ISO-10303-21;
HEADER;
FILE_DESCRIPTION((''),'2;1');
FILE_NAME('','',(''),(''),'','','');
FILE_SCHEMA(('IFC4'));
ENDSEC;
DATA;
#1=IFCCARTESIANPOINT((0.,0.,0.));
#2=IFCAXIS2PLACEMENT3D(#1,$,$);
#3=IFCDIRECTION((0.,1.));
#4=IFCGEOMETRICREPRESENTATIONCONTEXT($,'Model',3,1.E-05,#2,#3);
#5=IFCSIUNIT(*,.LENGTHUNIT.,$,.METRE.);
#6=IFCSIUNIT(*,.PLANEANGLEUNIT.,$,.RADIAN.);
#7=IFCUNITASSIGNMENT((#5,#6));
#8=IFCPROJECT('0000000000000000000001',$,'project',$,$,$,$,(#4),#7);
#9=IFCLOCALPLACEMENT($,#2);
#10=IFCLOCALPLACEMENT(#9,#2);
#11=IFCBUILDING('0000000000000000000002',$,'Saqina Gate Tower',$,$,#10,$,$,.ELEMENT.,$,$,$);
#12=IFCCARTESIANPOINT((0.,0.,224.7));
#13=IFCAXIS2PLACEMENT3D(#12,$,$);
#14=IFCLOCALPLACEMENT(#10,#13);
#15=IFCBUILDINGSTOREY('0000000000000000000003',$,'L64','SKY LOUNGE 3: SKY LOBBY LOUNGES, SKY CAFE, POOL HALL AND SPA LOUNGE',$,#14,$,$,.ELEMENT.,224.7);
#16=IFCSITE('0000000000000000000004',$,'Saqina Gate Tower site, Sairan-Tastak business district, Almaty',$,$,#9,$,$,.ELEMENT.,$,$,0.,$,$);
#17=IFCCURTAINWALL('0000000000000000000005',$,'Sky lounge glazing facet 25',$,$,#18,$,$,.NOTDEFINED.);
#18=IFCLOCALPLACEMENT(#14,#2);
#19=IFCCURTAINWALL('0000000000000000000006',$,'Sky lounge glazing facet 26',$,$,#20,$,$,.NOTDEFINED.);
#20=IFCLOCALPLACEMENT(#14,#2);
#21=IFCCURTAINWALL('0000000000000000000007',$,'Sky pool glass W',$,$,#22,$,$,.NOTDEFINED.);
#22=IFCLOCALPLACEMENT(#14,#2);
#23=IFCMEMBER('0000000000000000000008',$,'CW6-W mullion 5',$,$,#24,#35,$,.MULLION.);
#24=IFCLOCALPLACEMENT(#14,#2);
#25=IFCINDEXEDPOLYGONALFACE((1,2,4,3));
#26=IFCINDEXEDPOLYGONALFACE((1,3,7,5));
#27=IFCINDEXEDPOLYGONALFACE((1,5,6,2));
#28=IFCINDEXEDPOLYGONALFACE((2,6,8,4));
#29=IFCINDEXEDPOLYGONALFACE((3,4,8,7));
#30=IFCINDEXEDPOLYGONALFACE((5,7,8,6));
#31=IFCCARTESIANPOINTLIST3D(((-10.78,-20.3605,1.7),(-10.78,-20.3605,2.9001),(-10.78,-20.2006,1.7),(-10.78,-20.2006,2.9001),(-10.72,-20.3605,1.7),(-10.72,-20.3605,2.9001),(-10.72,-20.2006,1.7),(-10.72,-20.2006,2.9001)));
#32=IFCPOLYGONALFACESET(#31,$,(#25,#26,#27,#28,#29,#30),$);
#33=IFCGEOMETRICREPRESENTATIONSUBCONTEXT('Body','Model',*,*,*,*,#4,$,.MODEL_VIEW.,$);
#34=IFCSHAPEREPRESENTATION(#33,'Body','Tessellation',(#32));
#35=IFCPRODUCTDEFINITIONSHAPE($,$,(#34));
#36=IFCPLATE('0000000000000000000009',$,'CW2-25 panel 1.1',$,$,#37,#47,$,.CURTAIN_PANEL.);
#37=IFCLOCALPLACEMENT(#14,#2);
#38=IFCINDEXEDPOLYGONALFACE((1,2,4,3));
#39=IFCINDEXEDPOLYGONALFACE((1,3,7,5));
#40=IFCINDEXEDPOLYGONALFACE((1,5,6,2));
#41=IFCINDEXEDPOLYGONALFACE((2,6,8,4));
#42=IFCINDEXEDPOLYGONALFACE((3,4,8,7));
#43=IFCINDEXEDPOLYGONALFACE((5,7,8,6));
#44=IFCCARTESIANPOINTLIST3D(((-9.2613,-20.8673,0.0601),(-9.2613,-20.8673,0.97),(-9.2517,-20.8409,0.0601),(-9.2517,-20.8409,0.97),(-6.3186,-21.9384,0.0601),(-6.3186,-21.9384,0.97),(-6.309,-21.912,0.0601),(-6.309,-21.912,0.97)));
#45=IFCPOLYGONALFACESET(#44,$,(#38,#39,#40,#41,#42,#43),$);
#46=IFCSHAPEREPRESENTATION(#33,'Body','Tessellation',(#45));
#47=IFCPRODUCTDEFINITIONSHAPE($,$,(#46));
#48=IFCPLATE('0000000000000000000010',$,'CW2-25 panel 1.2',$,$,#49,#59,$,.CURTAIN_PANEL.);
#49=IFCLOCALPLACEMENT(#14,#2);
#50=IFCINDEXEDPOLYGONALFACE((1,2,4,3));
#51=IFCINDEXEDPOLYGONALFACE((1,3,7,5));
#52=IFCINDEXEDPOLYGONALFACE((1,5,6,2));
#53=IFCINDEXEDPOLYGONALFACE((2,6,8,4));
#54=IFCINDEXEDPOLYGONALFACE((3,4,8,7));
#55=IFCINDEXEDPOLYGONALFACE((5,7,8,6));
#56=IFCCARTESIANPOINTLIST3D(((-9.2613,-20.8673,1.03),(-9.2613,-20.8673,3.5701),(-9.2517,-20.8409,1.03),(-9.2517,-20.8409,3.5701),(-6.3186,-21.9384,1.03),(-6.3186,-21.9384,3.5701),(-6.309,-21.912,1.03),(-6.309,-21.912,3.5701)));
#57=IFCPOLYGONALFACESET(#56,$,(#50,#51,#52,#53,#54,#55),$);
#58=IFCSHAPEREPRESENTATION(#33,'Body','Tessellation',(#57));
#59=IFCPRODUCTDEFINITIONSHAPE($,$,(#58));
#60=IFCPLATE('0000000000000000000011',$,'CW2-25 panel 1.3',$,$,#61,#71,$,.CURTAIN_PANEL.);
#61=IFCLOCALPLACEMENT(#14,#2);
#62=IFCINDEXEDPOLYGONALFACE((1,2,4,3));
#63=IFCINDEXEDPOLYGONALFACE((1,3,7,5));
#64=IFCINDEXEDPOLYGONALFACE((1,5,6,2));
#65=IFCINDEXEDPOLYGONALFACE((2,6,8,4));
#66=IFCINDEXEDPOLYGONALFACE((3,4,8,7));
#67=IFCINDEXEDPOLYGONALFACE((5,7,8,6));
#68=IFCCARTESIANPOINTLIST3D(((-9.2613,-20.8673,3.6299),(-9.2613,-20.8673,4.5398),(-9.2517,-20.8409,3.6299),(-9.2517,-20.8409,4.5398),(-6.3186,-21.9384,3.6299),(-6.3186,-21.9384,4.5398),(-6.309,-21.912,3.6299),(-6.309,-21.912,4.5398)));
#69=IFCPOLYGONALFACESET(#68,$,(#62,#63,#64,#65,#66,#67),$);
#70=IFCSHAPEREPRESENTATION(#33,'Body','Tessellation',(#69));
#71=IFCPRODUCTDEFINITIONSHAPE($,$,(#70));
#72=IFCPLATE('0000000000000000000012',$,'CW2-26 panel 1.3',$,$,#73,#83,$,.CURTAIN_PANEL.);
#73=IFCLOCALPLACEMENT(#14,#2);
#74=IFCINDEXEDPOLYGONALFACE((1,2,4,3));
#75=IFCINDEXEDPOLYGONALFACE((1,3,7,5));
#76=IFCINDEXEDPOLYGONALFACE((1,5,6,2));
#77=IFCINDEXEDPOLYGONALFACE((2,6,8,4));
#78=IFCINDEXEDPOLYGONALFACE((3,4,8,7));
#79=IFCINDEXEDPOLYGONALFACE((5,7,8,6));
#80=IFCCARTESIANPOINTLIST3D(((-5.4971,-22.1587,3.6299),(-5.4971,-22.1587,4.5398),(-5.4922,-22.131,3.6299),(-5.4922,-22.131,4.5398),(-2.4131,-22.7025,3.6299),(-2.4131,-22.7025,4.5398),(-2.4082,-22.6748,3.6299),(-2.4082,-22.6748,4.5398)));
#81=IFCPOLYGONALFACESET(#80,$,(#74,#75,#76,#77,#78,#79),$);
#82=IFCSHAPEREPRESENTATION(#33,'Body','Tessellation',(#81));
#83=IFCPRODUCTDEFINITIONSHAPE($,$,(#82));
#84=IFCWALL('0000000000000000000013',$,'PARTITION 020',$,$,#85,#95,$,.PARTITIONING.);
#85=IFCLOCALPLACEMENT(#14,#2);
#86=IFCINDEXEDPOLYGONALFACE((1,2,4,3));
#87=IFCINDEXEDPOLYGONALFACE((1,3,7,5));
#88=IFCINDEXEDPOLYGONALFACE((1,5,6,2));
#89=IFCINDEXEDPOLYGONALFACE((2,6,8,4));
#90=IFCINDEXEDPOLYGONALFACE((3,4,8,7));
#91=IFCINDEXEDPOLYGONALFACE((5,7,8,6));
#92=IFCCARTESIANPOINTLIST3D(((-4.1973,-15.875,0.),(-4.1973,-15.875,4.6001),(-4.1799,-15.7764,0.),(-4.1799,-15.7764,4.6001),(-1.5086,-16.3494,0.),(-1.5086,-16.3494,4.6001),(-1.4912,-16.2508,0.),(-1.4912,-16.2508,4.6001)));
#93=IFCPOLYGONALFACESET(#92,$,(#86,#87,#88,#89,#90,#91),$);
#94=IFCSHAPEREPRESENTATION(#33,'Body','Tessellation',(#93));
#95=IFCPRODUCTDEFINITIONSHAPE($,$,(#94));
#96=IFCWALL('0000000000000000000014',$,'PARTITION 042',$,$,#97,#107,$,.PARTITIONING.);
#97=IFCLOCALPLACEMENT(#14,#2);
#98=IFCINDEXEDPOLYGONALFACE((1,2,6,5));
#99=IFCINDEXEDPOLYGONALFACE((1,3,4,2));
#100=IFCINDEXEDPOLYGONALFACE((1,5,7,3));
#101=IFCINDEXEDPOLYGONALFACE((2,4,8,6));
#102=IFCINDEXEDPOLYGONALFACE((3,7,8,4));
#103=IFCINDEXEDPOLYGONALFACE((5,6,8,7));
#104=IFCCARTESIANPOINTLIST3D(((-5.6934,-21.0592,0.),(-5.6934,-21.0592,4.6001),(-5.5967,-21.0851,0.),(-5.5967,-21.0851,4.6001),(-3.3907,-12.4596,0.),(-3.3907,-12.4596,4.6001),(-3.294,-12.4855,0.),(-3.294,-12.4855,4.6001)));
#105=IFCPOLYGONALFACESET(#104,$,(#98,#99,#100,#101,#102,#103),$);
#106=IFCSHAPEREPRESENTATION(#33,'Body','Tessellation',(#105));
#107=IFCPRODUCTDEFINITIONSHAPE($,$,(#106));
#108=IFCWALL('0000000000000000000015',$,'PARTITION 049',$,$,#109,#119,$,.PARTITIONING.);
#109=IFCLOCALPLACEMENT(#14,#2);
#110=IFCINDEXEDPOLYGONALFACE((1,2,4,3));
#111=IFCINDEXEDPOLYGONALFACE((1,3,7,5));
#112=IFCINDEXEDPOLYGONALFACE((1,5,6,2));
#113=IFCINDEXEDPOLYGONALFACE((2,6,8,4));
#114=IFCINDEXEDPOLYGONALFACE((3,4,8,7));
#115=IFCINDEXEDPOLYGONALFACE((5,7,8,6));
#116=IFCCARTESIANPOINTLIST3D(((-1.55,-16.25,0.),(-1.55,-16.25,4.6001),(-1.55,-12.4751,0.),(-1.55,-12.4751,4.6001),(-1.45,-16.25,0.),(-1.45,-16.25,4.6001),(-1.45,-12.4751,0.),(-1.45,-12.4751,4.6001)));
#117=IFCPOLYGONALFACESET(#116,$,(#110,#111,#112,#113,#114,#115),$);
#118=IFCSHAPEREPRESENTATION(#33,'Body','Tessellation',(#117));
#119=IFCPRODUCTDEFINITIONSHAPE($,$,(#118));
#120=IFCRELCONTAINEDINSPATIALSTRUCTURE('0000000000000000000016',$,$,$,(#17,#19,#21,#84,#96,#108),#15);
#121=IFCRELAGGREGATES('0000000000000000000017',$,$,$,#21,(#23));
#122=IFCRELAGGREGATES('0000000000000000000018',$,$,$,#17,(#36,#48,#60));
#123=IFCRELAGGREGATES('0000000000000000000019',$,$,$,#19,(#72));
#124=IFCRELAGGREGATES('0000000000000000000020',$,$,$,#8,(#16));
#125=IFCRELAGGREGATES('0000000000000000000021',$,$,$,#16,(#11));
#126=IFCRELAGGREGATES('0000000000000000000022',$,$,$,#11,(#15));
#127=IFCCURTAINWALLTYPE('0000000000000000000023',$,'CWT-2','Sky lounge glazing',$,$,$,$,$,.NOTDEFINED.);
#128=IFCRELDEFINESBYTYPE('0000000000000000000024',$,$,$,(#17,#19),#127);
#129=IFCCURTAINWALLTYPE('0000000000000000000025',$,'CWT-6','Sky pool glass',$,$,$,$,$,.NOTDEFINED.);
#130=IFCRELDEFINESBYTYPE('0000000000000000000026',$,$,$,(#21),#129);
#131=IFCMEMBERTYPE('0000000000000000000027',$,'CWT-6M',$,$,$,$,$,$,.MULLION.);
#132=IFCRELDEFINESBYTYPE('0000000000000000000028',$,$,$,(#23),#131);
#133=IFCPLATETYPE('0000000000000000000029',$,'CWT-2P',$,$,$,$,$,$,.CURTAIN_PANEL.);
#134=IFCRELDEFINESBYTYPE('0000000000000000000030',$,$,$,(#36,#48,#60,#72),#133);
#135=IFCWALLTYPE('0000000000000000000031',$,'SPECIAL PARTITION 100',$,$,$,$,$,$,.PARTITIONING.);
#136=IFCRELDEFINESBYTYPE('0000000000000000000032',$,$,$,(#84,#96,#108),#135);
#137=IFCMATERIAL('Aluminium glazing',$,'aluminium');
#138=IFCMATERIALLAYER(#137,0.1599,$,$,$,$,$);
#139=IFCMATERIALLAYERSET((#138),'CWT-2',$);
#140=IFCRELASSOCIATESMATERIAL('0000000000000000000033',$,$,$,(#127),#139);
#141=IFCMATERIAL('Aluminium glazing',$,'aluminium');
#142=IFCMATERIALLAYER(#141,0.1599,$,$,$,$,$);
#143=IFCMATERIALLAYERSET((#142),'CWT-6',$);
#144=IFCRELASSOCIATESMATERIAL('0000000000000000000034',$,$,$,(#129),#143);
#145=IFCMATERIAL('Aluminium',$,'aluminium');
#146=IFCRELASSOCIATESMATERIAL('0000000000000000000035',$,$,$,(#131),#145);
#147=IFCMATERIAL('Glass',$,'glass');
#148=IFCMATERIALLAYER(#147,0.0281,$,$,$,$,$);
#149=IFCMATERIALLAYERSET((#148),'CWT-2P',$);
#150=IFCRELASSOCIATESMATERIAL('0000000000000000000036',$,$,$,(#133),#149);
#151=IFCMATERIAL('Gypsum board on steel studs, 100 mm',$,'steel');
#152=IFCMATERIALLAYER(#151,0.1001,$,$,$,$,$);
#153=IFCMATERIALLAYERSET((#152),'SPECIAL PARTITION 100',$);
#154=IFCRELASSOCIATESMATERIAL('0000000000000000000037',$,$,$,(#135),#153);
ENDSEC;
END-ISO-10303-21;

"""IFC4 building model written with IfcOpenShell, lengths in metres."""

from ifc_helpers import new_model, si_unit, direction, frame, frame_2d, origin, origin_2d, place, context, subcontext, project, spatial, rectangle, extrude, material, layer, layer_set, material_profile, profile_set, type_object, element, aggregate, save


model = new_model("IFC4")

# Units and contexts
model_context = context("Model", 3, precision=1e-05, world=origin(), true_north=direction((0.0, 1.0)))
body_context = subcontext(model_context, "Body", "Model", "MODEL_VIEW")
ifc_project = project(units=[si_unit("LENGTHUNIT", "METRE"), si_unit("PLANEANGLEUNIT", "RADIAN")], contexts=[model_context])

# Site, building, storey
site_placement = place(None, origin())
site = spatial("IfcSite", under=ifc_project, at=site_placement, Name="Saqina Gate Tower site, Sairan-Tastak business district, Almaty", CompositionType="ELEMENT", RefElevation=0.0)
building_placement = place(site_placement, origin())
building = spatial("IfcBuilding", under=site, at=building_placement, Name="Saqina Gate Tower", CompositionType="ELEMENT")
storey_placement = place(building_placement, frame((0.0, 0.0, 224.7)))
storey = spatial("IfcBuildingStorey", under=building, at=storey_placement, Name="L64", Description="SKY LOUNGE 3: SKY LOBBY LOUNGES, SKY CAFE, POOL HALL AND SPA LOUNGE", CompositionType="ELEMENT", Elevation=224.7)

# Shared definitions
ifc_material_1 = material(Name="Aluminium glazing", Category="aluminium")
ifc_layer_1 = layer(ifc_material_1, 0.1599)
ifc_layer_set_1 = layer_set([ifc_layer_1], Name="CWT-2")
curtain_wall_type_1 = type_object("IfcCurtainWallType", Name="CWT-2", Description="Sky lounge glazing", PredefinedType="NOTDEFINED", material=ifc_layer_set_1)

# Curtain wall
curtain_wall_1_placement = place(storey_placement, origin())
curtain_wall_1 = element("IfcCurtainWall", 1, at=curtain_wall_1_placement, inside=storey, type_object=curtain_wall_type_1, Name="Sky lounge glazing facet 25", PredefinedType="NOTDEFINED")

# Curtain wall
curtain_wall_2_placement = place(storey_placement, origin())
curtain_wall_2 = element("IfcCurtainWall", 2, at=curtain_wall_2_placement, inside=storey, type_object=curtain_wall_type_1, Name="Sky lounge glazing facet 26", PredefinedType="NOTDEFINED")

# Curtain wall, member
ifc_material_2 = material(Name="Aluminium glazing", Category="aluminium")
ifc_layer_2 = layer(ifc_material_2, 0.1599)
ifc_layer_set_2 = layer_set([ifc_layer_2], Name="CWT-6")
curtain_wall_type_2 = type_object("IfcCurtainWallType", Name="CWT-6", Description="Sky pool glass", PredefinedType="NOTDEFINED", material=ifc_layer_set_2)
curtain_wall_3_placement = place(storey_placement, origin())
curtain_wall_3 = element("IfcCurtainWall", 3, at=curtain_wall_3_placement, inside=storey, type_object=curtain_wall_type_2, Name="Sky pool glass W", PredefinedType="NOTDEFINED")
ifc_material_3 = material(Name="Aluminium", Category="aluminium")
ifc_material_profile_1 = material_profile(ifc_material_3, rectangle(XDim=0.0601, YDim=0.1599, at=origin_2d()), Name="Aluminium 60x160")
ifc_profile_set_1 = profile_set([ifc_material_profile_1], Name="Aluminium")
member_type_1 = type_object("IfcMemberType", Name="CWT-6M", PredefinedType="MULLION", material=ifc_profile_set_1)
member_1_placement = place(storey_placement, frame((-10.75, -20.2805, 1.7), z_axis=(0.0, 0.0, 1.0), x_axis=(-1.0, 0.0, 0.0)))
member_1 = element("IfcMember", 4, at=member_1_placement, type_object=member_type_1, Name="CW6-W mullion 5", PredefinedType="MULLION", context=body_context, shape_type="SweptSolid", body=[
    extrude(rectangle(XDim=0.0601, YDim=0.1599, at=origin_2d()), origin(), (0.0, 0.0, 1.0), 1.2002),
])
aggregate(curtain_wall_3, [member_1])

# Plates
ifc_material_4 = material(Name="Glass", Category="glass")
ifc_layer_3 = layer(ifc_material_4, 0.0281)
ifc_layer_set_3 = layer_set([ifc_layer_3], Name="CWT-2P")
plate_type = type_object("IfcPlateType", Name="CWT-2P", PredefinedType="CURTAIN_PANEL", material=ifc_layer_set_3)
plate_1_placement = place(storey_placement, frame((-7.7852, -21.3896, 0.0601), z_axis=(0.0, 0.0, 1.0), x_axis=(0.939697, -0.342007, 0.0)))
plate_1 = element("IfcPlate", 5, at=plate_1_placement, type_object=plate_type, Name="CW2-25 panel 1.1", PredefinedType="CURTAIN_PANEL", context=body_context, shape_type="SweptSolid", body=[
    extrude(rectangle(XDim=3.1316, YDim=0.0281, at=origin_2d()), origin(), (0.0, 0.0, 1.0), 0.9099),
])
plate_2_placement = place(storey_placement, frame((-7.7852, -21.3896, 1.03), z_axis=(0.0, 0.0, 1.0), x_axis=(0.939697, -0.342007, 0.0)))
plate_2 = element("IfcPlate", 6, at=plate_2_placement, type_object=plate_type, Name="CW2-25 panel 1.2", PredefinedType="CURTAIN_PANEL", context=body_context, shape_type="SweptSolid", body=[
    extrude(rectangle(XDim=3.1316, YDim=0.0281, at=origin_2d()), origin(), (0.0, 0.0, 1.0), 2.54),
])
plate_3_placement = place(storey_placement, frame((-7.7852, -21.3896, 3.6299), z_axis=(0.0, 0.0, 1.0), x_axis=(0.939697, -0.342007, 0.0)))
plate_3 = element("IfcPlate", 7, at=plate_3_placement, type_object=plate_type, Name="CW2-25 panel 1.3", PredefinedType="CURTAIN_PANEL", context=body_context, shape_type="SweptSolid", body=[
    extrude(rectangle(XDim=3.1316, YDim=0.0281, at=origin_2d()), origin(), (0.0, 0.0, 1.0), 0.9099),
])
aggregate(curtain_wall_1, [plate_1, plate_2, plate_3])
plate_4_placement = place(storey_placement, frame((-3.9526, -22.4167, 3.6299), z_axis=(0.0, 0.0, 1.0), x_axis=(0.984805, -0.173663, 0.0)))
plate_4 = element("IfcPlate", 8, at=plate_4_placement, type_object=plate_type, Name="CW2-26 panel 1.3", PredefinedType="CURTAIN_PANEL", context=body_context, shape_type="SweptSolid", body=[
    extrude(rectangle(XDim=3.1316, YDim=0.0281, at=origin_2d()), origin(), (0.0, 0.0, 1.0), 0.9099),
])
aggregate(curtain_wall_2, [plate_4])

# Walls
ifc_material_5 = material(Name="Gypsum board on steel studs, 100 mm", Category="steel")
ifc_layer_4 = layer(ifc_material_5, 0.1001)
ifc_layer_set_4 = layer_set([ifc_layer_4], Name="SPECIAL PARTITION 100")
wall_type = type_object("IfcWallType", Name="SPECIAL PARTITION 100", PredefinedType="PARTITIONING", material=ifc_layer_set_4)
wall_1_placement = place(storey_placement, frame((-4.1887, -15.8257, 0.0), z_axis=(0.0, 0.0, 1.0), x_axis=(0.984791, -0.173745, 0.0)))
element("IfcWall", 9, at=wall_1_placement, inside=storey, type_object=wall_type, Name="PARTITION 020", PredefinedType="PARTITIONING", context=body_context, shape_type="SweptSolid", body=[
    extrude(rectangle(XDim=2.7302, YDim=0.1001, at=frame_2d((1.3652, 0.0))), origin(), (0.0, 0.0, 1.0), 4.6001),
])
wall_2_placement = place(storey_placement, frame((-5.645, -21.072, 0.0), z_axis=(0.0, 0.0, 1.0), x_axis=(0.258659, 0.965969, 0.0)))
element("IfcWall", 10, at=wall_2_placement, inside=storey, type_object=wall_type, Name="PARTITION 042", PredefinedType="PARTITIONING", context=body_context, shape_type="SweptSolid", body=[
    extrude(rectangle(XDim=8.9026, YDim=0.1001, at=frame_2d((4.4512, 0.0))), origin(), (0.0, 0.0, 1.0), 4.6001),
])
wall_3_placement = place(storey_placement, frame((-1.5, -16.25, 0.0), z_axis=(0.0, 0.0, 1.0), x_axis=(0.0, 1.0, 0.0)))
element("IfcWall", 11, at=wall_3_placement, inside=storey, type_object=wall_type, Name="PARTITION 049", PredefinedType="PARTITIONING", context=body_context, shape_type="SweptSolid", body=[
    extrude(rectangle(XDim=3.7749, YDim=0.1001, at=frame_2d((1.8875, 0.0))), origin(), (0.0, 0.0, 1.0), 4.6001),
])

save(model, "model.ifc")
